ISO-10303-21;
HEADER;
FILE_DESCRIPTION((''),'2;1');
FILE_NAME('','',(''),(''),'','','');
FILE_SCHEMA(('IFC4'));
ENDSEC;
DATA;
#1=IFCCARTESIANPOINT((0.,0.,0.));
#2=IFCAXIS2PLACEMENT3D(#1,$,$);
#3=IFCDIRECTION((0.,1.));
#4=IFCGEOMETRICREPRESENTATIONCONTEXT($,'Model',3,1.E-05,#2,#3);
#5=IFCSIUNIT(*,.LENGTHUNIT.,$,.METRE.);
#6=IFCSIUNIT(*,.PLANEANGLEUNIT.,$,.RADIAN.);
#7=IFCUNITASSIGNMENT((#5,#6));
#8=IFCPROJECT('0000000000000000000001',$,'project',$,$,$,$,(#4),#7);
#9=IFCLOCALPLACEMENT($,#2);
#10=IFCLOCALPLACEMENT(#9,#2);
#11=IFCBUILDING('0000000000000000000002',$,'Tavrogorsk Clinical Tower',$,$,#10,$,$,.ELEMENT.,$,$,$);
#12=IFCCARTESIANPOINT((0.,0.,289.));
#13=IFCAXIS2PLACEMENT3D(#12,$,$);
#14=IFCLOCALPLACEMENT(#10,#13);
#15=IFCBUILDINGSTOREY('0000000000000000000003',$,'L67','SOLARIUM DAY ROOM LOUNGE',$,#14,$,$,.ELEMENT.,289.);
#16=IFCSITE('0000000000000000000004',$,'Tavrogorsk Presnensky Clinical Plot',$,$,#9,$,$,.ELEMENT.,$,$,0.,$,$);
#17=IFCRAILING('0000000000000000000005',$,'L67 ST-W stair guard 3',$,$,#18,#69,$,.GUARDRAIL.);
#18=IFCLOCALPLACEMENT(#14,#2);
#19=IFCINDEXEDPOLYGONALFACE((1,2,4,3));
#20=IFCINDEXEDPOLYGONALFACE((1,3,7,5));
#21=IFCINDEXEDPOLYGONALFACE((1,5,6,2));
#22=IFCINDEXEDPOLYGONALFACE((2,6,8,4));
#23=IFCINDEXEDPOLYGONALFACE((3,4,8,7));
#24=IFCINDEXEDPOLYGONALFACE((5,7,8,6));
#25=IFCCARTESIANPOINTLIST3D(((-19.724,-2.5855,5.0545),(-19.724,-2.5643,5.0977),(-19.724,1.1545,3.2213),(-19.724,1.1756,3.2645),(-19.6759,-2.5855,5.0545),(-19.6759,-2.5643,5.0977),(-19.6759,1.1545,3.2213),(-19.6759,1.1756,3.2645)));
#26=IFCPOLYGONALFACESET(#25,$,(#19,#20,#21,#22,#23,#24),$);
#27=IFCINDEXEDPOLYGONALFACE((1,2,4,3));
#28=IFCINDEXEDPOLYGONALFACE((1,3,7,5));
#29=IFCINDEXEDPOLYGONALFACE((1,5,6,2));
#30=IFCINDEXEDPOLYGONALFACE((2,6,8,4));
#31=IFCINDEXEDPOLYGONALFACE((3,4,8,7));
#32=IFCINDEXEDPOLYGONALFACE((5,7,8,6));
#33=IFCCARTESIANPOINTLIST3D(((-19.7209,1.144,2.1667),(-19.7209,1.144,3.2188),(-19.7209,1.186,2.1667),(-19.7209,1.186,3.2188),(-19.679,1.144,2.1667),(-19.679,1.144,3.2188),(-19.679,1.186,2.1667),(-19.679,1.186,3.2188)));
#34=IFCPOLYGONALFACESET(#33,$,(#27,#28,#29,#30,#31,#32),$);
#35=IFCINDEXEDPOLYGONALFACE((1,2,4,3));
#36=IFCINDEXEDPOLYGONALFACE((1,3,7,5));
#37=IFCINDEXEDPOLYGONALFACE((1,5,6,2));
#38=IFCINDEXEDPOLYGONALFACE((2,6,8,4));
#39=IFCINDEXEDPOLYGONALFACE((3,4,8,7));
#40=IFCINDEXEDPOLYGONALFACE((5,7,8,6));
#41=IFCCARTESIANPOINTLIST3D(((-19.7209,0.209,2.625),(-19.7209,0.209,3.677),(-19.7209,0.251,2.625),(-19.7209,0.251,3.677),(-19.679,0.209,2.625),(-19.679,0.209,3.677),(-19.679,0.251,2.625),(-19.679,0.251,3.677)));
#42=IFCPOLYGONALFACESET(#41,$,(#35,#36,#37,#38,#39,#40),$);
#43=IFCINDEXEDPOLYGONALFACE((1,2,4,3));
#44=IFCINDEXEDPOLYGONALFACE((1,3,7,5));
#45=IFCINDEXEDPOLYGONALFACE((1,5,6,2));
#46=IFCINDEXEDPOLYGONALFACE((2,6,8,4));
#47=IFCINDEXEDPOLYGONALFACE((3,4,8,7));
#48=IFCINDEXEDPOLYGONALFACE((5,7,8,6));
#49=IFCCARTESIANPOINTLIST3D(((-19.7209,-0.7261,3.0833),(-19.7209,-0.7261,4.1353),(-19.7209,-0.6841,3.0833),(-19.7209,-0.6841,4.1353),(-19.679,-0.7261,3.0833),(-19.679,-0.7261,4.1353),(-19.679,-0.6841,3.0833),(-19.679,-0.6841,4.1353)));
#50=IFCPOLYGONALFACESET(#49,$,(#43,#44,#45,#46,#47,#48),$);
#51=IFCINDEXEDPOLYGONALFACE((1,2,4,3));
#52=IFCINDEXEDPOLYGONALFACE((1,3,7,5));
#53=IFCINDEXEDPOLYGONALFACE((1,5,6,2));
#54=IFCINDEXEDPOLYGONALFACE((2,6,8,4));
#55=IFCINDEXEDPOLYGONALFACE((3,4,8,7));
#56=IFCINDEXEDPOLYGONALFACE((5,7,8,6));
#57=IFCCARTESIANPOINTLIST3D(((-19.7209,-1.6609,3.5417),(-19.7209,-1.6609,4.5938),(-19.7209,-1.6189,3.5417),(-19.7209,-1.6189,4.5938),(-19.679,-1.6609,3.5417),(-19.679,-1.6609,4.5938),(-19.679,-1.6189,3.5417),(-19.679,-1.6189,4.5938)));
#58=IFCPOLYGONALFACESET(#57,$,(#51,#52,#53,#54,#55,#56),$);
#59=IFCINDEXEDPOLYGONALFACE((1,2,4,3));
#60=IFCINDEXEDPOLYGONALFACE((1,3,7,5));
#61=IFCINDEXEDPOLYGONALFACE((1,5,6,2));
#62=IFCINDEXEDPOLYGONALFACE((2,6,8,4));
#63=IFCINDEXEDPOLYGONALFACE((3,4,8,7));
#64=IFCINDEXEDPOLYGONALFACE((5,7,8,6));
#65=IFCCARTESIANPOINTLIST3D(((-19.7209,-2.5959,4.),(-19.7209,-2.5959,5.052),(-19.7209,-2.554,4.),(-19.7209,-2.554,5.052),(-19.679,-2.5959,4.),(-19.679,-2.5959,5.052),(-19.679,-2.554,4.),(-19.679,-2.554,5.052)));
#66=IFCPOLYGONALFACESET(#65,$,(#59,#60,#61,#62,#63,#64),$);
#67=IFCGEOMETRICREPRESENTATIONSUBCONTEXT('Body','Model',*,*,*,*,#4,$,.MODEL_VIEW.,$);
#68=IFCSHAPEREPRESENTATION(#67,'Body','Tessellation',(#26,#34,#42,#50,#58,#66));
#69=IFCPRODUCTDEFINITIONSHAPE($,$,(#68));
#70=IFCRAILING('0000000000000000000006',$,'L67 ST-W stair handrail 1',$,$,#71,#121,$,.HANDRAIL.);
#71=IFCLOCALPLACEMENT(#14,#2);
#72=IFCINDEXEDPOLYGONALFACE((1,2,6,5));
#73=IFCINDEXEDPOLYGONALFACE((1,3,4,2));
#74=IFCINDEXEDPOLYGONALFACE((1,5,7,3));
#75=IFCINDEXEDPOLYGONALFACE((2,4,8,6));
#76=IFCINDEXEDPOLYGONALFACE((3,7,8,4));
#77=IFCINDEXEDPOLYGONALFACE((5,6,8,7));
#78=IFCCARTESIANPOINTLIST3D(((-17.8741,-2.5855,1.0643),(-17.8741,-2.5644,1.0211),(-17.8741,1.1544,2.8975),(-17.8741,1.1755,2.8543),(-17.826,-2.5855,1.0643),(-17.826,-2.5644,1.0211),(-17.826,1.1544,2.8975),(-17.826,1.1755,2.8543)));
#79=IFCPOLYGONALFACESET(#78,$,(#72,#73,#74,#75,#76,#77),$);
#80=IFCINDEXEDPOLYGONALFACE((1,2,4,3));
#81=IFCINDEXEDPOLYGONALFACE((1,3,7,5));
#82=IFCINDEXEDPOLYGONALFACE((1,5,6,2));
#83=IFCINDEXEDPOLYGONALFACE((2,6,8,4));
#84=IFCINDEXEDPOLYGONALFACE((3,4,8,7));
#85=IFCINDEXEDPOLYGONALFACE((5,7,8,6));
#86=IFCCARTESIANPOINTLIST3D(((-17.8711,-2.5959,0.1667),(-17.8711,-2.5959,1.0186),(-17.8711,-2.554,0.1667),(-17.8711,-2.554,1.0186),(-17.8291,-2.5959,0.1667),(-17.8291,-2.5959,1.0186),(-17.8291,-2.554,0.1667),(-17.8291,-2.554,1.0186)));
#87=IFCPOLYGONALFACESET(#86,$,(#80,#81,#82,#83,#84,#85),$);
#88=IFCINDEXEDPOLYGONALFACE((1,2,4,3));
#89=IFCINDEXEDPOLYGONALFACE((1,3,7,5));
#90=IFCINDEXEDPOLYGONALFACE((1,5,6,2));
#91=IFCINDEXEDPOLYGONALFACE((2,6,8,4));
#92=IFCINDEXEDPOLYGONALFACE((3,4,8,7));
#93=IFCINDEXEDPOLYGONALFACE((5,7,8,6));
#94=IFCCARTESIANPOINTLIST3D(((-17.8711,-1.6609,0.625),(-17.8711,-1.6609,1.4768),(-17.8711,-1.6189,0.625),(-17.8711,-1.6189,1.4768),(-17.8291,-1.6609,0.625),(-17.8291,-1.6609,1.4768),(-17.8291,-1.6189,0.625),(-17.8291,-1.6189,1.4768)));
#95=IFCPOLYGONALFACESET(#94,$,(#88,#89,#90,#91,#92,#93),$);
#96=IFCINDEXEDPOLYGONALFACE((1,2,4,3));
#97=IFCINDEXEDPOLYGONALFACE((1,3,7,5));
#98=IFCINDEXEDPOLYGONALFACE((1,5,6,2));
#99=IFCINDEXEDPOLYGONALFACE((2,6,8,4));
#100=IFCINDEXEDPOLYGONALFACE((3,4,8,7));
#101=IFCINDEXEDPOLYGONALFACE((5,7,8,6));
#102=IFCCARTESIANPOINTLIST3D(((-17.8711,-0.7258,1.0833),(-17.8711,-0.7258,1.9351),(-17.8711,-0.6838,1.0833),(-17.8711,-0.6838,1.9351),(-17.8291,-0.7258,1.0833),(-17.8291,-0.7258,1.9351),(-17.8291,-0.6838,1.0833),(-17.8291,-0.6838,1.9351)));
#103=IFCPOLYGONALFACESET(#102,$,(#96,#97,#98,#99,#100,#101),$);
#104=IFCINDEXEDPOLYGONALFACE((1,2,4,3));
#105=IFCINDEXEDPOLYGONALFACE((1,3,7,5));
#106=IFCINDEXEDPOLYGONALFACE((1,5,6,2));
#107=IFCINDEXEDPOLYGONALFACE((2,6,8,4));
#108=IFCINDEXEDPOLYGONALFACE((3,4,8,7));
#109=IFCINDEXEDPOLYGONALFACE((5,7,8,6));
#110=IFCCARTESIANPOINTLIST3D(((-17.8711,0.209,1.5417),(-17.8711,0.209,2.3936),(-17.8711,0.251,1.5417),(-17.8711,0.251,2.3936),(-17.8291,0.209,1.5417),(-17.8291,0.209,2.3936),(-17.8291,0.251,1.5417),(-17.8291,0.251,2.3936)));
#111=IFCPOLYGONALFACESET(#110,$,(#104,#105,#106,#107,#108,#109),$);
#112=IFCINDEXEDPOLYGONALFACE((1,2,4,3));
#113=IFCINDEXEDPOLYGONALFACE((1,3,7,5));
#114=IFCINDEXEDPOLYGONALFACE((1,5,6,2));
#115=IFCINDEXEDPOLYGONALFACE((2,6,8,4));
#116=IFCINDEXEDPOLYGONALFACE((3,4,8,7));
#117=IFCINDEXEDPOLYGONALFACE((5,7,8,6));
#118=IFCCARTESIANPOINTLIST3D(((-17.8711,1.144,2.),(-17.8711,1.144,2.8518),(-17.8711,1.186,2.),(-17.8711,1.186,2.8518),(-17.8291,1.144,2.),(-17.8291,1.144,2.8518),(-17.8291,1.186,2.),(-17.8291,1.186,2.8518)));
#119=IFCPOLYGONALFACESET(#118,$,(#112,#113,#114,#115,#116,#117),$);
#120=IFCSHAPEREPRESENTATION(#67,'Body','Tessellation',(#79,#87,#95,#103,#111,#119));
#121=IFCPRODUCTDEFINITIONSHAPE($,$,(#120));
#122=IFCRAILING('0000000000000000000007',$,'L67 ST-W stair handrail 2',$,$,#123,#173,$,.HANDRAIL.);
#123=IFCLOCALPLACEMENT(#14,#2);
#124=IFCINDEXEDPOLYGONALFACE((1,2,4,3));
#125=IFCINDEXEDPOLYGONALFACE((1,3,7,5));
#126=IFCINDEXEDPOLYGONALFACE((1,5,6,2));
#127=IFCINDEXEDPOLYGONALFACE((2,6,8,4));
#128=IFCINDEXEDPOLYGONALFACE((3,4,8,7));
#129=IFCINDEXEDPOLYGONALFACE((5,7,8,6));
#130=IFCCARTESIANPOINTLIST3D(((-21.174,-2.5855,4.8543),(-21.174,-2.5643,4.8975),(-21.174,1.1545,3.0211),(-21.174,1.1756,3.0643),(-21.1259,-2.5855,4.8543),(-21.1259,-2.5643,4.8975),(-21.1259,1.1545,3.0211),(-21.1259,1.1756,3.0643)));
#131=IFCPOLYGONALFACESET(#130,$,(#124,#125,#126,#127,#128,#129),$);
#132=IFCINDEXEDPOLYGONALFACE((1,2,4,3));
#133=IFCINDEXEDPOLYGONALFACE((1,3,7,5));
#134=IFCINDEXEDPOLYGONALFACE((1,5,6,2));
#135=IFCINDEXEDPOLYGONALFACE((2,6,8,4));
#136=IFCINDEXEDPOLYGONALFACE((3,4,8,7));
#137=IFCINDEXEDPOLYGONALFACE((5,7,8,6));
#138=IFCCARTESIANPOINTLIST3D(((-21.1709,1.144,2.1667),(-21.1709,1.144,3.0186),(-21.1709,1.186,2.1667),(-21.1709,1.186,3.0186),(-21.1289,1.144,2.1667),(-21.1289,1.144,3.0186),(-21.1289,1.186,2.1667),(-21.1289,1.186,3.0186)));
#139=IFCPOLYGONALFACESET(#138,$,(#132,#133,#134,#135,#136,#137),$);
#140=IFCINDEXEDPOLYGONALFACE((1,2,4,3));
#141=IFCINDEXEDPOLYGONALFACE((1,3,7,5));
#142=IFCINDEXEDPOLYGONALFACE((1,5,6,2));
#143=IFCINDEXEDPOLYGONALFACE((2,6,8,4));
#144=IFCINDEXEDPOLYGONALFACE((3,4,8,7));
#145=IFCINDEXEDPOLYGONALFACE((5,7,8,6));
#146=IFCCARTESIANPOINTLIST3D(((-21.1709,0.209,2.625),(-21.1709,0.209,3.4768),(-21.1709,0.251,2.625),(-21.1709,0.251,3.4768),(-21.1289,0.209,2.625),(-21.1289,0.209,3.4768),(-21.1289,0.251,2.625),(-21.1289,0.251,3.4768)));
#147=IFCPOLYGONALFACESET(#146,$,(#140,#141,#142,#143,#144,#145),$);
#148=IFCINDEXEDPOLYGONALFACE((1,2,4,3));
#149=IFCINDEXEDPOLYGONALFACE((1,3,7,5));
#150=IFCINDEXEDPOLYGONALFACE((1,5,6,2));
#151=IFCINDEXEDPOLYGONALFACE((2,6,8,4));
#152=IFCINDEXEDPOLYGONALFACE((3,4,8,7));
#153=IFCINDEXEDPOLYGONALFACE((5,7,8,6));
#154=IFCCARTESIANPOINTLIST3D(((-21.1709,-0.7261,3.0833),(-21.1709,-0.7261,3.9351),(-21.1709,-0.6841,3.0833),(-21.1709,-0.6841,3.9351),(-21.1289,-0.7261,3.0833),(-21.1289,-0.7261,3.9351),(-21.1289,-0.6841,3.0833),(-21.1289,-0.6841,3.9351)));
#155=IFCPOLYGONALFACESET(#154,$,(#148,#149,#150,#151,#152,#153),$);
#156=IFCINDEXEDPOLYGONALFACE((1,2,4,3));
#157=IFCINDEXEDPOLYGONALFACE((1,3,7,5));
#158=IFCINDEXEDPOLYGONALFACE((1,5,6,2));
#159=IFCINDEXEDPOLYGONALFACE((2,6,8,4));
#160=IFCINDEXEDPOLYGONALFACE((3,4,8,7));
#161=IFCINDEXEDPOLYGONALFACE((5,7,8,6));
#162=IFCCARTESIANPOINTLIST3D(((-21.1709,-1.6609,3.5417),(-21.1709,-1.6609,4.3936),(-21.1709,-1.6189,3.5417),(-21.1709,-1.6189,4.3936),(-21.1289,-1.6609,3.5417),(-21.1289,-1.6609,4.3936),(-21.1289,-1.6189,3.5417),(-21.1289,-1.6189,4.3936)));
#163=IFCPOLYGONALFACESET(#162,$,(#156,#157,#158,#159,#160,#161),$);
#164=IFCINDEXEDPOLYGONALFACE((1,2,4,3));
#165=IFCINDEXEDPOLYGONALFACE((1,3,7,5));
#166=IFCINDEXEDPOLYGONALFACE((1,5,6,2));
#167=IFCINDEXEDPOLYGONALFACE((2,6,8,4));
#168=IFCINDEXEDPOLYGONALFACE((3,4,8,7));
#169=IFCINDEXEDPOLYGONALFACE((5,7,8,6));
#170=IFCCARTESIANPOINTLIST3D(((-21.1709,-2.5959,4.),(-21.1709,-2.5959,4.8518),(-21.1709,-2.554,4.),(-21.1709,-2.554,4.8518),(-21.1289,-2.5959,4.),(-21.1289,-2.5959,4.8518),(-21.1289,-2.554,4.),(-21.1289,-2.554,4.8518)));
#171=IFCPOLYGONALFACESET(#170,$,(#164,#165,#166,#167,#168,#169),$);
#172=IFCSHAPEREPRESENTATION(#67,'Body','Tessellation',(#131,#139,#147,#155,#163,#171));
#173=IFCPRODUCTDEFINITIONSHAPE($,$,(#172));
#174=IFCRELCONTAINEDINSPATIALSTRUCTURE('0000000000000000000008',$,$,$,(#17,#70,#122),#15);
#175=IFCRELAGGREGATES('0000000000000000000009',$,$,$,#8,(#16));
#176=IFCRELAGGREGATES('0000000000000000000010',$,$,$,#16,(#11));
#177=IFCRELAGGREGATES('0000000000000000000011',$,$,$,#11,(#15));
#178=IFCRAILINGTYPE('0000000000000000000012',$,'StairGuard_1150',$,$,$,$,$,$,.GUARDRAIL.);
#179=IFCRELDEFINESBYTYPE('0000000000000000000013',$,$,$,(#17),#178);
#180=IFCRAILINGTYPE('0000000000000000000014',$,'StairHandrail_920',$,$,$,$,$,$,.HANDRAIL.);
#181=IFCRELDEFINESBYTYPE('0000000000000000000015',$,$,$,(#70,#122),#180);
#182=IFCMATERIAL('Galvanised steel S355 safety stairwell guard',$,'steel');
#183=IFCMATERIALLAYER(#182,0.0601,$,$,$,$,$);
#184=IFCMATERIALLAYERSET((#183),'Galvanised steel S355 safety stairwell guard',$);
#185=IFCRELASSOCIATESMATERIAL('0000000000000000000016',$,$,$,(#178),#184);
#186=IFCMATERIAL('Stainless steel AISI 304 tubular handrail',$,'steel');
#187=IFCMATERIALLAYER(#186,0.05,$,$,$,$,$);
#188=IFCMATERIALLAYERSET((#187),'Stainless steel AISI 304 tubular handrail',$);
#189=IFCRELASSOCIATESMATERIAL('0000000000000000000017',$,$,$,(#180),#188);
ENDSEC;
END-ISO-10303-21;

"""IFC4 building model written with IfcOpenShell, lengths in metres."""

from ifc_helpers import new_model, si_unit, direction, frame, origin, origin_2d, place, context, subcontext, project, spatial, rectangle, extrude, material, layer, layer_set, type_object, element, save


model = new_model("IFC4")

# Units and contexts
model_context = context("Model", 3, precision=1e-05, world=origin(), true_north=direction((0.0, 1.0)))
body_context = subcontext(model_context, "Body", "Model", "MODEL_VIEW")
ifc_project = project(units=[si_unit("LENGTHUNIT", "METRE"), si_unit("PLANEANGLEUNIT", "RADIAN")], contexts=[model_context])

# Site, building, storey
site_placement = place(None, origin())
site = spatial("IfcSite", under=ifc_project, at=site_placement, Name="Tavrogorsk Presnensky Clinical Plot", CompositionType="ELEMENT", RefElevation=0.0)
building_placement = place(site_placement, origin())
building = spatial("IfcBuilding", under=site, at=building_placement, Name="Tavrogorsk Clinical Tower", CompositionType="ELEMENT")
storey_placement = place(building_placement, frame((0.0, 0.0, 289.0)))
storey = spatial("IfcBuildingStorey", under=building, at=storey_placement, Name="L67", Description="SOLARIUM DAY ROOM LOUNGE", CompositionType="ELEMENT", Elevation=289.0)

# Railings
ifc_material_1 = material(Name="Galvanised steel S355 safety stairwell guard", Category="steel")
ifc_layer_1 = layer(ifc_material_1, 0.0601)
ifc_layer_set_1 = layer_set([ifc_layer_1], Name="Galvanised steel S355 safety stairwell guard")
railing_type_1 = type_object("IfcRailingType", Name="StairGuard_1150", PredefinedType="GUARDRAIL", material=ifc_layer_set_1)
railing_1_placement = place(storey_placement, frame((-19.7, 1.165, 2.1667)))
element("IfcRailing", 1, at=railing_1_placement, inside=storey, type_object=railing_type_1, Name="L67 ST-W stair guard 3", PredefinedType="GUARDRAIL", context=body_context, shape_type="SweptSolid", body=[
    extrude(rectangle(XDim=0.0481, YDim=0.0481, at=origin_2d()), frame((0.0, 0.0, 1.0762), z_axis=(0.0, -0.897928, 0.440142), x_axis=(1.0, 0.0, 0.0)), (0.0, 0.0, 1.0), 4.165),
    extrude(rectangle(XDim=0.042, YDim=0.042, at=origin_2d()), origin(), (0.0, 0.0, 1.0), 1.052),
    extrude(rectangle(XDim=0.042, YDim=0.042, at=origin_2d()), frame((0.0, -0.9351, 0.4583)), (0.0, 0.0, 1.0), 1.052),
    extrude(rectangle(XDim=0.042, YDim=0.042, at=origin_2d()), frame((0.0, -1.8701, 0.9165)), (0.0, 0.0, 1.0), 1.052),
    extrude(rectangle(XDim=0.042, YDim=0.042, at=origin_2d()), frame((0.0, -2.8049, 1.375)), (0.0, 0.0, 1.0), 1.052),
    extrude(rectangle(XDim=0.042, YDim=0.042, at=origin_2d()), frame((0.0, -3.74, 1.8333)), (0.0, 0.0, 1.0), 1.052),
])
ifc_material_2 = material(Name="Stainless steel AISI 304 tubular handrail", Category="steel")
ifc_layer_2 = layer(ifc_material_2, 0.05)
ifc_layer_set_2 = layer_set([ifc_layer_2], Name="Stainless steel AISI 304 tubular handrail")
railing_type_2 = type_object("IfcRailingType", Name="StairHandrail_920", PredefinedType="HANDRAIL", material=ifc_layer_set_2)
railing_2_placement = place(storey_placement, frame((-17.8501, -2.575, 0.1667)))
element("IfcRailing", 2, at=railing_2_placement, inside=storey, type_object=railing_type_2, Name="L67 ST-W stair handrail 1", PredefinedType="HANDRAIL", context=body_context, shape_type="SweptSolid", body=[
    extrude(rectangle(XDim=0.0481, YDim=0.0481, at=origin_2d()), frame((0.0, 0.0, 0.876), z_axis=(0.0, 0.897928, 0.440142), x_axis=(-1.0, 0.0, 0.0)), (0.0, 0.0, 1.0), 4.165),
    extrude(rectangle(XDim=0.042, YDim=0.042, at=origin_2d()), origin(), (0.0, 0.0, 1.0), 0.8518),
    extrude(rectangle(XDim=0.042, YDim=0.042, at=origin_2d()), frame((0.0, 0.9351, 0.4583)), (0.0, 0.0, 1.0), 0.8518),
    extrude(rectangle(XDim=0.042, YDim=0.042, at=origin_2d()), frame((0.0, 1.8701, 0.9165)), (0.0, 0.0, 1.0), 0.8518),
    extrude(rectangle(XDim=0.042, YDim=0.042, at=origin_2d()), frame((0.0, 2.8049, 1.375)), (0.0, 0.0, 1.0), 0.8518),
    extrude(rectangle(XDim=0.042, YDim=0.042, at=origin_2d()), frame((0.0, 3.74, 1.8333)), (0.0, 0.0, 1.0), 0.8518),
])
railing_3_placement = place(storey_placement, frame((-21.1499, 1.165, 2.1667)))
element("IfcRailing", 3, at=railing_3_placement, inside=storey, type_object=railing_type_2, Name="L67 ST-W stair handrail 2", PredefinedType="HANDRAIL", context=body_context, shape_type="SweptSolid", body=[
    extrude(rectangle(XDim=0.0481, YDim=0.0481, at=origin_2d()), frame((0.0, 0.0, 0.876), z_axis=(0.0, -0.897928, 0.440142), x_axis=(1.0, 0.0, 0.0)), (0.0, 0.0, 1.0), 4.165),
    extrude(rectangle(XDim=0.042, YDim=0.042, at=origin_2d()), origin(), (0.0, 0.0, 1.0), 0.8518),
    extrude(rectangle(XDim=0.042, YDim=0.042, at=origin_2d()), frame((0.0, -0.9351, 0.4583)), (0.0, 0.0, 1.0), 0.8518),
    extrude(rectangle(XDim=0.042, YDim=0.042, at=origin_2d()), frame((0.0, -1.8701, 0.9165)), (0.0, 0.0, 1.0), 0.8518),
    extrude(rectangle(XDim=0.042, YDim=0.042, at=origin_2d()), frame((0.0, -2.8049, 1.375)), (0.0, 0.0, 1.0), 0.8518),
    extrude(rectangle(XDim=0.042, YDim=0.042, at=origin_2d()), frame((0.0, -3.74, 1.8333)), (0.0, 0.0, 1.0), 0.8518),
])

save(model, "model.ifc")
